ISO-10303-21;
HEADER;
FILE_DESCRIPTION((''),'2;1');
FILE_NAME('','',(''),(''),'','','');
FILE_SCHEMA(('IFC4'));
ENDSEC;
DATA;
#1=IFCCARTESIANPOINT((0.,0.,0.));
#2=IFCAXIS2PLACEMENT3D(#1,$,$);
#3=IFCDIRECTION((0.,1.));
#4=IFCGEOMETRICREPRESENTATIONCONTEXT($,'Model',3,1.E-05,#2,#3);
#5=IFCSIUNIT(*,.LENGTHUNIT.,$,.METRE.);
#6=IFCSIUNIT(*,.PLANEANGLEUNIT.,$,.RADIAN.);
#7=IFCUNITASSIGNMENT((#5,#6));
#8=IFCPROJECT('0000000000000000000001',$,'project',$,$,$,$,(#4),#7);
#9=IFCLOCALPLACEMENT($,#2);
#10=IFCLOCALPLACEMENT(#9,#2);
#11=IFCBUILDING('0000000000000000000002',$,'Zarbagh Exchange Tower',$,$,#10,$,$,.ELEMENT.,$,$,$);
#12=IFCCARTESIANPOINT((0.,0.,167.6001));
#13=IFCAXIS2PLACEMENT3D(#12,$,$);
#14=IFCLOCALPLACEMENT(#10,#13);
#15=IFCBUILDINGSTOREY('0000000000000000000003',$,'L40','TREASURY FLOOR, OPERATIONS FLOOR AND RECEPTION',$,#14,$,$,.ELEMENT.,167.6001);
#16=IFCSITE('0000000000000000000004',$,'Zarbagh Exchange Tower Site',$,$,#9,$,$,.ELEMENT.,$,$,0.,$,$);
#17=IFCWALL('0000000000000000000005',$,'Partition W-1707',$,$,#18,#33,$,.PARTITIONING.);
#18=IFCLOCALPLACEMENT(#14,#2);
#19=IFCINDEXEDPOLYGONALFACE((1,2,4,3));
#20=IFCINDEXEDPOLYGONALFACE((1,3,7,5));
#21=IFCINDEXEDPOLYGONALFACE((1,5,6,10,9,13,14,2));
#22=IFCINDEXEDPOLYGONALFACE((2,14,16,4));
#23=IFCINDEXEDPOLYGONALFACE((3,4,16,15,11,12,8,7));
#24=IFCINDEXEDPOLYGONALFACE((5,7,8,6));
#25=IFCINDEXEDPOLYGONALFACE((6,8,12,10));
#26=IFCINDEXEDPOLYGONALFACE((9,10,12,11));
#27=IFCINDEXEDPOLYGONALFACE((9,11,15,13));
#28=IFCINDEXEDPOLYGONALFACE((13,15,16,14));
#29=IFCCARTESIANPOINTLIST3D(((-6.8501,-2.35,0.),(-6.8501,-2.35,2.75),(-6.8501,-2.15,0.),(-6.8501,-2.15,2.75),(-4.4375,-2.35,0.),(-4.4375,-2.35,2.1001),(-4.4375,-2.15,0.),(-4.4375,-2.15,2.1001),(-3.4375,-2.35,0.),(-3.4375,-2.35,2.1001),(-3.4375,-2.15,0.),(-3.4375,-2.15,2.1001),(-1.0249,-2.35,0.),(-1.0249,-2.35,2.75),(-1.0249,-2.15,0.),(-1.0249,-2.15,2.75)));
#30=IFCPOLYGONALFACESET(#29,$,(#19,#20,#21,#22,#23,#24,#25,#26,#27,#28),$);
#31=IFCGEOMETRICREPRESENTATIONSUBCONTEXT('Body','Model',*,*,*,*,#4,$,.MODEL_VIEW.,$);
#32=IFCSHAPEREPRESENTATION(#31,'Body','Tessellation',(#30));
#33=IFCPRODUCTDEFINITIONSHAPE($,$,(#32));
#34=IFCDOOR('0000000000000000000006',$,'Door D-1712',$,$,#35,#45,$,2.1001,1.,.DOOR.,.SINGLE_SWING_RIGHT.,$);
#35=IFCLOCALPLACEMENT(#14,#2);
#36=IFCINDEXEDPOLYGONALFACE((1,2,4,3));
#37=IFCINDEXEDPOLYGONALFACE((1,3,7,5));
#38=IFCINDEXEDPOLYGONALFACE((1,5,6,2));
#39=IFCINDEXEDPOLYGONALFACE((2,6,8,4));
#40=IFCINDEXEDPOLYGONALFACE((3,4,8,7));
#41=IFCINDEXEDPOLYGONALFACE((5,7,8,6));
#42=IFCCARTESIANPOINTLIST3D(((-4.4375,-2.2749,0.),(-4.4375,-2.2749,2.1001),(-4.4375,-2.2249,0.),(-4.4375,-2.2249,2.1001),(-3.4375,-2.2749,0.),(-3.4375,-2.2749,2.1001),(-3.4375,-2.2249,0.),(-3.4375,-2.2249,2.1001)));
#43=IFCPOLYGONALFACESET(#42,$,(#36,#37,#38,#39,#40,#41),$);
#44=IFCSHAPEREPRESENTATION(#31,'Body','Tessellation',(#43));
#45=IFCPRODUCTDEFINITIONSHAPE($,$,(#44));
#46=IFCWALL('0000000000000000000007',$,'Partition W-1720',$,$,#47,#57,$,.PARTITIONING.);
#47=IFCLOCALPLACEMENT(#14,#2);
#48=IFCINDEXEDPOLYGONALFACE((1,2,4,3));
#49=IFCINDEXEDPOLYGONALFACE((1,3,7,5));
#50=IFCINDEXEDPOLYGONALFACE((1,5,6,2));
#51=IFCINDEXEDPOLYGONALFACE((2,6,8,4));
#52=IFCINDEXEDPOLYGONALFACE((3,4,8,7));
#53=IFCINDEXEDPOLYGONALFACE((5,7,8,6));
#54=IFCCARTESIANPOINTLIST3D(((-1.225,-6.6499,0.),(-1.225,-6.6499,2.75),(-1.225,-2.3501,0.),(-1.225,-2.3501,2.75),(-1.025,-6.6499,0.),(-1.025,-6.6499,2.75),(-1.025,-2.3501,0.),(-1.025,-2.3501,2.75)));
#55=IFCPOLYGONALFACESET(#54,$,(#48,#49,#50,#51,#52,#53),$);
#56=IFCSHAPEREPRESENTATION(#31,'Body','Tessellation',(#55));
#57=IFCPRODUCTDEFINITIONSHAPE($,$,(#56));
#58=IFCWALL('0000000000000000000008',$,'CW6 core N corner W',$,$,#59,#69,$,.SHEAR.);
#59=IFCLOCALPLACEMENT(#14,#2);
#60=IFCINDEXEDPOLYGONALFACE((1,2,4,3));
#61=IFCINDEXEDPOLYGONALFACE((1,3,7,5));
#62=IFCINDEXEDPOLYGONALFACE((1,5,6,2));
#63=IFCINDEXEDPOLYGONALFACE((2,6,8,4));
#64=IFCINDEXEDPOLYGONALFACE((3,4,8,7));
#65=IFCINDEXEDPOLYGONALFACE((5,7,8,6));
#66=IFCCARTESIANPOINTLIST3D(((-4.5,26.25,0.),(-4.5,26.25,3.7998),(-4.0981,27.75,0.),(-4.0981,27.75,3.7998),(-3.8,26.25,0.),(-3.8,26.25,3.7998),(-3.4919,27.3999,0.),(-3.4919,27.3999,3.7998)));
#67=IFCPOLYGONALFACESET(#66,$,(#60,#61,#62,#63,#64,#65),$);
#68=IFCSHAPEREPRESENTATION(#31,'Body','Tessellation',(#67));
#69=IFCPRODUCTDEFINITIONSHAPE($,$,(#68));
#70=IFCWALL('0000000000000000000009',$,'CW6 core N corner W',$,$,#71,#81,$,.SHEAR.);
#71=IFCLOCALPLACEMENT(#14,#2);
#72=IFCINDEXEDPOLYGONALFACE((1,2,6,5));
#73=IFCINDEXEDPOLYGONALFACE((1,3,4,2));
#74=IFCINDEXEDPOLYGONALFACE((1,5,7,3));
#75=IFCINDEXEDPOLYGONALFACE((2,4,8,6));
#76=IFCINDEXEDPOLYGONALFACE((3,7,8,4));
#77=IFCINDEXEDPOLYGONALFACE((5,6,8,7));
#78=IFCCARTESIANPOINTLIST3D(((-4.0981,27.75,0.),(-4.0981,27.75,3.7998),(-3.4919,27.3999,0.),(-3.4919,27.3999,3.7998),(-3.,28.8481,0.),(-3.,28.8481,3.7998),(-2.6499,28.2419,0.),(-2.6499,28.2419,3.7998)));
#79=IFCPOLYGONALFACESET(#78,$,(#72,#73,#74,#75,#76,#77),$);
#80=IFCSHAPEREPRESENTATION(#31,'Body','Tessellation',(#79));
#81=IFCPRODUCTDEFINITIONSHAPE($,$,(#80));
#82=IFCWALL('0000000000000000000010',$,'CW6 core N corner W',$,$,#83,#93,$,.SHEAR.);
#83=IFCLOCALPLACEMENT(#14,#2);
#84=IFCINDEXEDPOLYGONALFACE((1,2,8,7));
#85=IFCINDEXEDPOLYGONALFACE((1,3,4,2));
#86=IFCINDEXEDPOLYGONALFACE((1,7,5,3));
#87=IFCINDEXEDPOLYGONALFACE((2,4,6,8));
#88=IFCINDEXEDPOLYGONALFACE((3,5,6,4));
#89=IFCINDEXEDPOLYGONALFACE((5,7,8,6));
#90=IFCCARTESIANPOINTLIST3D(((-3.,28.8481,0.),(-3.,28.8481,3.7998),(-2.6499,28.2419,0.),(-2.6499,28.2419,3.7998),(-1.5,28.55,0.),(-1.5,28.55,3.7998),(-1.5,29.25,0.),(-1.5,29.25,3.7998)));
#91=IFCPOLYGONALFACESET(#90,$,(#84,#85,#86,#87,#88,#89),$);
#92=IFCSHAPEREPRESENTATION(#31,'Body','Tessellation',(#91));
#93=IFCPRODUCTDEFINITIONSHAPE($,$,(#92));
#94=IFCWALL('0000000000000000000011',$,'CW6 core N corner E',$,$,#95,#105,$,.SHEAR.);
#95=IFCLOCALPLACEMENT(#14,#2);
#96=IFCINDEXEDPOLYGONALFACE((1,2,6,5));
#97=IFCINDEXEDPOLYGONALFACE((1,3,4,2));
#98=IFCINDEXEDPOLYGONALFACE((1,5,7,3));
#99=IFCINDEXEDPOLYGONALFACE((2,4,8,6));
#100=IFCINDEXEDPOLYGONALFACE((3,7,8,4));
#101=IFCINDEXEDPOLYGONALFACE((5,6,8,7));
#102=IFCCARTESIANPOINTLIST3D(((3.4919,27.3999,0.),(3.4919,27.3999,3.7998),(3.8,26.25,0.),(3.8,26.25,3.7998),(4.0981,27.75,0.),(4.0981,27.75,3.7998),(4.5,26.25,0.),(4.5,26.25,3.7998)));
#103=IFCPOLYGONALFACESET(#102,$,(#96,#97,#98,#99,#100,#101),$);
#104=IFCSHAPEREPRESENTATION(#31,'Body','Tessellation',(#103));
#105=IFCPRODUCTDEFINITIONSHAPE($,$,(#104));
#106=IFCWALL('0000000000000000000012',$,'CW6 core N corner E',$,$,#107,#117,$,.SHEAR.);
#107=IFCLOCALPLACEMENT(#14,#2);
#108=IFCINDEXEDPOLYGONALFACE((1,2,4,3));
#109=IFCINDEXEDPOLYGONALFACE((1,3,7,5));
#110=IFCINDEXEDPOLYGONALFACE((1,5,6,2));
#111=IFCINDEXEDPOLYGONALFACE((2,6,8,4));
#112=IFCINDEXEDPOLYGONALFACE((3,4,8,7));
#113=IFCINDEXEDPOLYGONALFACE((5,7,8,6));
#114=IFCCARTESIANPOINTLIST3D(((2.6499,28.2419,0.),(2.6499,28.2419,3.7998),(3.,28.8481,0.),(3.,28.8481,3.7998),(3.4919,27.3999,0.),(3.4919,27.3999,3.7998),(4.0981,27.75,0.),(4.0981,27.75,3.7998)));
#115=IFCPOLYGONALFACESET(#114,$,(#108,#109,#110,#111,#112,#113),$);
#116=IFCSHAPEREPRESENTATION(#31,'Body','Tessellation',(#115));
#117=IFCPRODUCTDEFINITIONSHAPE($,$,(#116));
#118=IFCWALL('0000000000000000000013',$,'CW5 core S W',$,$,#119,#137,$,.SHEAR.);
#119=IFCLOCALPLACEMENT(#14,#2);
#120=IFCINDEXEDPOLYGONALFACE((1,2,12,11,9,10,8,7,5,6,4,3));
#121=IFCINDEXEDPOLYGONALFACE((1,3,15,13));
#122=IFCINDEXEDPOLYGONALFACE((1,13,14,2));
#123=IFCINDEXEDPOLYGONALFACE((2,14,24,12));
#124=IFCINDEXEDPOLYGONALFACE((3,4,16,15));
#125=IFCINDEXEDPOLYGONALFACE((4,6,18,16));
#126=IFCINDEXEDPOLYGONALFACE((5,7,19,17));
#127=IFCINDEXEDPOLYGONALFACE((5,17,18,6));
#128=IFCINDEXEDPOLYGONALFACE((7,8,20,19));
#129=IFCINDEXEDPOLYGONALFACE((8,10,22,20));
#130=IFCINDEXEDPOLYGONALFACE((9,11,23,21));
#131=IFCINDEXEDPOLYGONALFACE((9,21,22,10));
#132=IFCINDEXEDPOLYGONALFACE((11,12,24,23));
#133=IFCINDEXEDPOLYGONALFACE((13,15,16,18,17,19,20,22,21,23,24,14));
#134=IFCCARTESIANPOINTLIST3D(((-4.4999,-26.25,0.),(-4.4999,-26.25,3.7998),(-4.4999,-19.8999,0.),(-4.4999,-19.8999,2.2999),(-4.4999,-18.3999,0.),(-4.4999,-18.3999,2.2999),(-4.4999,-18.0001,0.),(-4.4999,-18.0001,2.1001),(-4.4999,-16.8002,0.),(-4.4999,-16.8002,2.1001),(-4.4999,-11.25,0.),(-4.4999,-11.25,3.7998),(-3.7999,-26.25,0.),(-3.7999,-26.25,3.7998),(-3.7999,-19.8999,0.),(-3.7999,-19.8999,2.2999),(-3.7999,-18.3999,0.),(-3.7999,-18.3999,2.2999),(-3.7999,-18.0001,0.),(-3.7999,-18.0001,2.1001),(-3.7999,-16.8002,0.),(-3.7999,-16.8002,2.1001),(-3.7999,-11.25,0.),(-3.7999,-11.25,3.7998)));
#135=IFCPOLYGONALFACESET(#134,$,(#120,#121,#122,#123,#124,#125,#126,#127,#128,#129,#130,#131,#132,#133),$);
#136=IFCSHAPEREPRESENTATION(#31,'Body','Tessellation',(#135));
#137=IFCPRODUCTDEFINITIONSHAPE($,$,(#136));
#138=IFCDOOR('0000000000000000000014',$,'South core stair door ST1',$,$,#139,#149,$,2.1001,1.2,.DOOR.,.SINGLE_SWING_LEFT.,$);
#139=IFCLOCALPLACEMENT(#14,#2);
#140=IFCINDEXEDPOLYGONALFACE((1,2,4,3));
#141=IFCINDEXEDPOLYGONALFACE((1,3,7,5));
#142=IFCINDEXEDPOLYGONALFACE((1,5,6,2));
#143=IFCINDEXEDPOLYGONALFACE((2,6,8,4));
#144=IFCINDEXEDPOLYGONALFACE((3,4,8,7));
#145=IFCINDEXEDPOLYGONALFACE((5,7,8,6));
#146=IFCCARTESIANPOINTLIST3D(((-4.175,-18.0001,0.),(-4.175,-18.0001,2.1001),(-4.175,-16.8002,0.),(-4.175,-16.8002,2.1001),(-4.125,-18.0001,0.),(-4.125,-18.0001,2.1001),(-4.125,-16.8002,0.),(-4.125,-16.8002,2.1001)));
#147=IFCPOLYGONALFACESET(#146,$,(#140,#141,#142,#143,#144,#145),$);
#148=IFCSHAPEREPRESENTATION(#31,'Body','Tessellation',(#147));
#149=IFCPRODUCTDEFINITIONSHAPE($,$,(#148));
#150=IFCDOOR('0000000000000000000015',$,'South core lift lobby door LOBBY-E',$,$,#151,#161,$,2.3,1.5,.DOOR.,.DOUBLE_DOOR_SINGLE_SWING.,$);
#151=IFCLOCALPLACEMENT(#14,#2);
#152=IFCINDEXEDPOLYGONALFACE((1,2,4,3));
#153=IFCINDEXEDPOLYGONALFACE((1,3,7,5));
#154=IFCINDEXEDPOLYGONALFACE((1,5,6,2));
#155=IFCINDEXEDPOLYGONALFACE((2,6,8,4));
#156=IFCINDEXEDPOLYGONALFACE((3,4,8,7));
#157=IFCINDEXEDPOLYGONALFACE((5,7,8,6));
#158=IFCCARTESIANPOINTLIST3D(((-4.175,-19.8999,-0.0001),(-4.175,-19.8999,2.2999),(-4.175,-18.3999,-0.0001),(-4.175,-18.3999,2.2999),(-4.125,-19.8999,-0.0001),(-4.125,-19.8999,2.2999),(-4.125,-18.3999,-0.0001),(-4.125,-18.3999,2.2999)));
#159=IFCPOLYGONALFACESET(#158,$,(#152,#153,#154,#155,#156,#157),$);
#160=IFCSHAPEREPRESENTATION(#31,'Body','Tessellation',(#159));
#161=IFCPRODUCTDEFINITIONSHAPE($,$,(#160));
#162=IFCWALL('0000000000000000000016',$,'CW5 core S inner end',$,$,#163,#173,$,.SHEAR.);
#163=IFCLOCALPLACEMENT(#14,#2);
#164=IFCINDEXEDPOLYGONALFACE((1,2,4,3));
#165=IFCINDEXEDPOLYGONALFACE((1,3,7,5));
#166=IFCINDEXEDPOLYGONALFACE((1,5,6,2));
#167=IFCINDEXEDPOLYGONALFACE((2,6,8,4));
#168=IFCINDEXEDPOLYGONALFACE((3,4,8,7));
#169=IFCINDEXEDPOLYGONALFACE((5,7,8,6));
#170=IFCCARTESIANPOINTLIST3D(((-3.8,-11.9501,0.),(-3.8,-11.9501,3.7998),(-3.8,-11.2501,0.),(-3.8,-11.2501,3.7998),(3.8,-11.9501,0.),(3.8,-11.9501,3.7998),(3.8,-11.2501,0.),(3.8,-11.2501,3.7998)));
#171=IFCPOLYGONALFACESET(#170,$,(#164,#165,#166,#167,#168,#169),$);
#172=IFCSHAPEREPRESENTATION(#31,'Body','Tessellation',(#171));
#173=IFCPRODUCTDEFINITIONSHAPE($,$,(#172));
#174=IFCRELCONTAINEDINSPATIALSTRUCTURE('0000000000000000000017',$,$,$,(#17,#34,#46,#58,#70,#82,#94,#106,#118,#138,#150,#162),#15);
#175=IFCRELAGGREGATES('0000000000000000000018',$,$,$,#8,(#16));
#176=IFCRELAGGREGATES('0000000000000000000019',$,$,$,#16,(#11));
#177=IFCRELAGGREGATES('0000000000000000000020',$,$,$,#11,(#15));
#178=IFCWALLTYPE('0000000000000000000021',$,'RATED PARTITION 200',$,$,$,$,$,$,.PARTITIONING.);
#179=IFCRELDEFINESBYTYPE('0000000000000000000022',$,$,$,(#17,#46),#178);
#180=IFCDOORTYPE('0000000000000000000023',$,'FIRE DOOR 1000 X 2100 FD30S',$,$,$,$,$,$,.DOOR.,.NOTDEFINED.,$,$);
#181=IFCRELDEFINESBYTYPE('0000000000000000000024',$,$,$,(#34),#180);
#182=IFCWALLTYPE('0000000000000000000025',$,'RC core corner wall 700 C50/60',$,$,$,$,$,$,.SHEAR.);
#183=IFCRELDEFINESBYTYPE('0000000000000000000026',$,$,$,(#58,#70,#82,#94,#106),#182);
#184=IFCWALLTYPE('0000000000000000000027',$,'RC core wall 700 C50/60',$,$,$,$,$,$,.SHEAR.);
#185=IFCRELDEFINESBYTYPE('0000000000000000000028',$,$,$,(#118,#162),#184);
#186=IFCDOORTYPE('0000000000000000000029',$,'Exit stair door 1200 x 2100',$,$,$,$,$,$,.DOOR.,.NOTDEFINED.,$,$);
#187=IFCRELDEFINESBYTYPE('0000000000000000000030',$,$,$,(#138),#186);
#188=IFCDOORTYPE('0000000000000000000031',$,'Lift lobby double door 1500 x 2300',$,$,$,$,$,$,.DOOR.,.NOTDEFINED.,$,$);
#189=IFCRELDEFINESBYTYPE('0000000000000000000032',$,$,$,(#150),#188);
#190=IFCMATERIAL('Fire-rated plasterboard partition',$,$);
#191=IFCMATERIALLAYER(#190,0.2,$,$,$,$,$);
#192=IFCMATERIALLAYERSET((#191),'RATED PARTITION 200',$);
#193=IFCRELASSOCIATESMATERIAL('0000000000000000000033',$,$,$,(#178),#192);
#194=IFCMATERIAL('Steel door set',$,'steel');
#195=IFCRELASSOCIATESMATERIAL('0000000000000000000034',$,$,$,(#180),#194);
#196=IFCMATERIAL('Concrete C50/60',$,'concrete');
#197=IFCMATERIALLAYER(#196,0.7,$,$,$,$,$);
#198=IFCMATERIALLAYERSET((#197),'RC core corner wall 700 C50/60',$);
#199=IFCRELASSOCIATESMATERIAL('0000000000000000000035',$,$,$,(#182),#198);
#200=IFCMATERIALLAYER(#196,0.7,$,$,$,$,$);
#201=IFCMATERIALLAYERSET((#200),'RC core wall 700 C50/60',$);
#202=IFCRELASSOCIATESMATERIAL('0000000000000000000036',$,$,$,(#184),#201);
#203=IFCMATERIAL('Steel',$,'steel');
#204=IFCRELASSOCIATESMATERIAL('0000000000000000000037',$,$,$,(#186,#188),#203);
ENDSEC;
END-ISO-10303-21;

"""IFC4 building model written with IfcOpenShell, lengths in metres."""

from ifc_helpers import new_model, si_unit, direction, frame, frame_2d, origin, place, context, subcontext, project, spatial, polyline, rectangle, outline, extrude, material, layer, layer_set, type_object, element, fill, save


model = new_model("IFC4")

# Units and contexts
model_context = context("Model", 3, precision=1e-05, world=origin(), true_north=direction((0.0, 1.0)))
body_context = subcontext(model_context, "Body", "Model", "MODEL_VIEW")
ifc_project = project(units=[si_unit("LENGTHUNIT", "METRE"), si_unit("PLANEANGLEUNIT", "RADIAN")], contexts=[model_context])

# Site, building, storey
site_placement = place(None, origin())
site = spatial("IfcSite", under=ifc_project, at=site_placement, Name="Zarbagh Exchange Tower Site", CompositionType="ELEMENT", RefElevation=0.0)
building_placement = place(site_placement, origin())
building = spatial("IfcBuilding", under=site, at=building_placement, Name="Zarbagh Exchange Tower", CompositionType="ELEMENT")
storey_placement = place(building_placement, frame((0.0, 0.0, 167.6001)))
storey = spatial("IfcBuildingStorey", under=building, at=storey_placement, Name="L40", Description="TREASURY FLOOR, OPERATIONS FLOOR AND RECEPTION", CompositionType="ELEMENT", Elevation=167.6001)

# Shared definitions
ifc_material_1 = material(Name="Concrete C50/60", Category="concrete")

# Wall, opening, door
ifc_material_2 = material(Name="Fire-rated plasterboard partition")
ifc_layer_1 = layer(ifc_material_2, 0.2)
ifc_layer_set_1 = layer_set([ifc_layer_1], Name="RATED PARTITION 200")
wall_type_1 = type_object("IfcWallType", Name="RATED PARTITION 200", PredefinedType="PARTITIONING", material=ifc_layer_set_1)
wall_1_placement = place(storey_placement, frame((-1.0249, -2.25, 0.0), z_axis=(0.0, 0.0, 1.0), x_axis=(-1.0, 0.0, 0.0)))
wall_1 = element("IfcWall", 1, at=wall_1_placement, inside=storey, type_object=wall_type_1, Name="Partition W-1707", PredefinedType="PARTITIONING", context=body_context, shape_type="SweptSolid", body=[
    extrude(rectangle(XDim=5.8252, YDim=0.2, at=frame_2d((2.9126, 0.0))), origin(), (0.0, 0.0, 1.0), 2.75),
])
opening_1_placement = place(wall_1_placement, frame((2.4126, 0.0, 0.0)))
opening_1 = element("IfcOpeningElement", 2, at=opening_1_placement, cuts=wall_1, PredefinedType="OPENING", context=body_context, shape_type="SweptSolid", body=[
    extrude(rectangle(XDim=1.0, YDim=2.1001, at=frame_2d((0.5, 1.05))), frame((0.0, 0.1099, 0.0), z_axis=(0.0, -1.0, 0.0), x_axis=(1.0, 0.0, 0.0)), (0.0, 0.0, 1.0), 0.22),
])
ifc_material_3 = material(Name="Steel door set", Category="steel")
door_type_1 = type_object("IfcDoorType", Name="FIRE DOOR 1000 X 2100 FD30S", OperationType="NOTDEFINED", PredefinedType="DOOR", material=ifc_material_3)
door_1_placement = place(opening_1_placement, origin())
door_1 = element("IfcDoor", 3, at=door_1_placement, inside=storey, type_object=door_type_1, Name="Door D-1712", OperationType="SINGLE_SWING_RIGHT", OverallHeight=2.1001, OverallWidth=1.0, PredefinedType="DOOR", context=body_context, shape_type="SweptSolid", body=[
    extrude(rectangle(XDim=1.0, YDim=2.1001, at=frame_2d((0.5, 1.05))), frame((0.0, 0.0249, 0.0), z_axis=(0.0, -1.0, 0.0), x_axis=(1.0, 0.0, 0.0)), (0.0, 0.0, 1.0), 0.05),
])
fill(opening_1, door_1)

# Walls
wall_2_placement = place(storey_placement, frame((-1.125, -6.6499, 0.0), z_axis=(0.0, 0.0, 1.0), x_axis=(0.0, 1.0, 0.0)))
element("IfcWall", 4, at=wall_2_placement, inside=storey, type_object=wall_type_1, Name="Partition W-1720", PredefinedType="PARTITIONING", context=body_context, shape_type="SweptSolid", body=[
    extrude(rectangle(XDim=4.2998, YDim=0.2, at=frame_2d((2.1499, 0.0))), origin(), (0.0, 0.0, 1.0), 2.75),
])
ifc_layer_2 = layer(ifc_material_1, 0.7)
ifc_layer_set_2 = layer_set([ifc_layer_2], Name="RC core corner wall 700 C50/60")
wall_type_2 = type_object("IfcWallType", Name="RC core corner wall 700 C50/60", PredefinedType="SHEAR", material=ifc_layer_set_2)
wall_3_placement = place(storey_placement, origin())
element("IfcWall", 5, at=wall_3_placement, inside=storey, type_object=wall_type_2, Name="CW6 core N corner W", PredefinedType="SHEAR", context=body_context, shape_type="SweptSolid", body=[
    extrude(outline(polyline([(-4.5, 26.25), (-4.0981, 27.75), (-3.4919, 27.3999), (-3.8, 26.25), (-4.5, 26.25)])), origin(), (0.0, 0.0, 1.0), 3.7998),
])
wall_4_placement = place(storey_placement, origin())
element("IfcWall", 6, at=wall_4_placement, inside=storey, type_object=wall_type_2, Name="CW6 core N corner W", PredefinedType="SHEAR", context=body_context, shape_type="SweptSolid", body=[
    extrude(outline(polyline([(-4.0981, 27.75), (-3.0, 28.8481), (-2.6499, 28.2419), (-3.4919, 27.3999), (-4.0981, 27.75)])), origin(), (0.0, 0.0, 1.0), 3.7998),
])
wall_5_placement = place(storey_placement, origin())
element("IfcWall", 7, at=wall_5_placement, inside=storey, type_object=wall_type_2, Name="CW6 core N corner W", PredefinedType="SHEAR", context=body_context, shape_type="SweptSolid", body=[
    extrude(outline(polyline([(-3.0, 28.8481), (-1.5, 29.25), (-1.5, 28.55), (-2.6499, 28.2419), (-3.0, 28.8481)])), origin(), (0.0, 0.0, 1.0), 3.7998),
])
wall_6_placement = place(storey_placement, origin())
element("IfcWall", 8, at=wall_6_placement, inside=storey, type_object=wall_type_2, Name="CW6 core N corner E", PredefinedType="SHEAR", context=body_context, shape_type="SweptSolid", body=[
    extrude(outline(polyline([(4.5, 26.25), (4.0981, 27.75), (3.4919, 27.3999), (3.8, 26.25), (4.5, 26.25)])), origin(), (0.0, 0.0, 1.0), 3.7998),
])
wall_7_placement = place(storey_placement, origin())
element("IfcWall", 9, at=wall_7_placement, inside=storey, type_object=wall_type_2, Name="CW6 core N corner E", PredefinedType="SHEAR", context=body_context, shape_type="SweptSolid", body=[
    extrude(outline(polyline([(4.0981, 27.75), (3.0, 28.8481), (2.6499, 28.2419), (3.4919, 27.3999), (4.0981, 27.75)])), origin(), (0.0, 0.0, 1.0), 3.7998),
])

# Wall, openings, doors
ifc_layer_3 = layer(ifc_material_1, 0.7)
ifc_layer_set_3 = layer_set([ifc_layer_3], Name="RC core wall 700 C50/60")
wall_type_3 = type_object("IfcWallType", Name="RC core wall 700 C50/60", PredefinedType="SHEAR", material=ifc_layer_set_3)
wall_8_placement = place(storey_placement, frame((-4.1499, -11.25, 0.0), z_axis=(0.0, 0.0, 1.0), x_axis=(0.0, -1.0, 0.0)))
wall_8 = element("IfcWall", 10, at=wall_8_placement, inside=storey, type_object=wall_type_3, Name="CW5 core S W", PredefinedType="SHEAR", context=body_context, shape_type="SweptSolid", body=[
    extrude(rectangle(XDim=15.0, YDim=0.7, at=frame_2d((7.5, 0.0))), origin(), (0.0, 0.0, 1.0), 3.7998),
])
opening_2_placement = place(wall_8_placement, frame((7.1499, 0.0, 0.0)))
opening_2 = element("IfcOpeningElement", 11, at=opening_2_placement, cuts=wall_8, PredefinedType="OPENING", context=body_context, shape_type="SweptSolid", body=[
    extrude(rectangle(XDim=1.5, YDim=2.3, at=frame_2d((0.75, 1.1499))), frame((0.0, 0.3599, 0.0), z_axis=(0.0, -1.0, 0.0), x_axis=(1.0, 0.0, 0.0)), (0.0, 0.0, 1.0), 0.72),
])
opening_3_placement = place(wall_8_placement, frame((5.55, 0.0, 0.0)))
opening_3 = element("IfcOpeningElement", 12, at=opening_3_placement, cuts=wall_8, PredefinedType="OPENING", context=body_context, shape_type="SweptSolid", body=[
    extrude(rectangle(XDim=1.2, YDim=2.1001, at=frame_2d((0.6001, 1.05))), frame((0.0, 0.3599, 0.0), z_axis=(0.0, -1.0, 0.0), x_axis=(1.0, 0.0, 0.0)), (0.0, 0.0, 1.0), 0.72),
])
ifc_material_4 = material(Name="Steel", Category="steel")
door_type_2 = type_object("IfcDoorType", Name="Exit stair door 1200 x 2100", OperationType="NOTDEFINED", PredefinedType="DOOR", material=ifc_material_4)
door_2_placement = place(opening_3_placement, origin())
door_2 = element("IfcDoor", 13, at=door_2_placement, inside=storey, type_object=door_type_2, Name="South core stair door ST1", OperationType="SINGLE_SWING_LEFT", OverallHeight=2.1001, OverallWidth=1.2, PredefinedType="DOOR", context=body_context, shape_type="SweptSolid", body=[
    extrude(rectangle(XDim=1.2, YDim=2.1001, at=frame_2d((0.6001, 1.05))), frame((0.0, 0.0249, 0.0), z_axis=(0.0, -1.0, 0.0), x_axis=(1.0, 0.0, 0.0)), (0.0, 0.0, 1.0), 0.05),
])
fill(opening_3, door_2)
door_type_3 = type_object("IfcDoorType", Name="Lift lobby double door 1500 x 2300", OperationType="NOTDEFINED", PredefinedType="DOOR", material=ifc_material_4)
door_3_placement = place(opening_2_placement, origin())
door_3 = element("IfcDoor", 14, at=door_3_placement, inside=storey, type_object=door_type_3, Name="South core lift lobby door LOBBY-E", OperationType="DOUBLE_DOOR_SINGLE_SWING", OverallHeight=2.3, OverallWidth=1.5, PredefinedType="DOOR", context=body_context, shape_type="SweptSolid", body=[
    extrude(rectangle(XDim=1.5, YDim=2.3, at=frame_2d((0.75, 1.1499))), frame((0.0, 0.0249, 0.0), z_axis=(0.0, -1.0, 0.0), x_axis=(1.0, 0.0, 0.0)), (0.0, 0.0, 1.0), 0.05),
])
fill(opening_2, door_3)

# Wall
wall_9_placement = place(storey_placement, frame((-3.8, -11.6001, 0.0), z_axis=(0.0, 0.0, 1.0), x_axis=(1.0, 0.0, 0.0)))
element("IfcWall", 15, at=wall_9_placement, inside=storey, type_object=wall_type_3, Name="CW5 core S inner end", PredefinedType="SHEAR", context=body_context, shape_type="SweptSolid", body=[
    extrude(rectangle(XDim=7.6001, YDim=0.7, at=frame_2d((3.8, 0.0))), origin(), (0.0, 0.0, 1.0), 3.7998),
])

save(model, "model.ifc")
